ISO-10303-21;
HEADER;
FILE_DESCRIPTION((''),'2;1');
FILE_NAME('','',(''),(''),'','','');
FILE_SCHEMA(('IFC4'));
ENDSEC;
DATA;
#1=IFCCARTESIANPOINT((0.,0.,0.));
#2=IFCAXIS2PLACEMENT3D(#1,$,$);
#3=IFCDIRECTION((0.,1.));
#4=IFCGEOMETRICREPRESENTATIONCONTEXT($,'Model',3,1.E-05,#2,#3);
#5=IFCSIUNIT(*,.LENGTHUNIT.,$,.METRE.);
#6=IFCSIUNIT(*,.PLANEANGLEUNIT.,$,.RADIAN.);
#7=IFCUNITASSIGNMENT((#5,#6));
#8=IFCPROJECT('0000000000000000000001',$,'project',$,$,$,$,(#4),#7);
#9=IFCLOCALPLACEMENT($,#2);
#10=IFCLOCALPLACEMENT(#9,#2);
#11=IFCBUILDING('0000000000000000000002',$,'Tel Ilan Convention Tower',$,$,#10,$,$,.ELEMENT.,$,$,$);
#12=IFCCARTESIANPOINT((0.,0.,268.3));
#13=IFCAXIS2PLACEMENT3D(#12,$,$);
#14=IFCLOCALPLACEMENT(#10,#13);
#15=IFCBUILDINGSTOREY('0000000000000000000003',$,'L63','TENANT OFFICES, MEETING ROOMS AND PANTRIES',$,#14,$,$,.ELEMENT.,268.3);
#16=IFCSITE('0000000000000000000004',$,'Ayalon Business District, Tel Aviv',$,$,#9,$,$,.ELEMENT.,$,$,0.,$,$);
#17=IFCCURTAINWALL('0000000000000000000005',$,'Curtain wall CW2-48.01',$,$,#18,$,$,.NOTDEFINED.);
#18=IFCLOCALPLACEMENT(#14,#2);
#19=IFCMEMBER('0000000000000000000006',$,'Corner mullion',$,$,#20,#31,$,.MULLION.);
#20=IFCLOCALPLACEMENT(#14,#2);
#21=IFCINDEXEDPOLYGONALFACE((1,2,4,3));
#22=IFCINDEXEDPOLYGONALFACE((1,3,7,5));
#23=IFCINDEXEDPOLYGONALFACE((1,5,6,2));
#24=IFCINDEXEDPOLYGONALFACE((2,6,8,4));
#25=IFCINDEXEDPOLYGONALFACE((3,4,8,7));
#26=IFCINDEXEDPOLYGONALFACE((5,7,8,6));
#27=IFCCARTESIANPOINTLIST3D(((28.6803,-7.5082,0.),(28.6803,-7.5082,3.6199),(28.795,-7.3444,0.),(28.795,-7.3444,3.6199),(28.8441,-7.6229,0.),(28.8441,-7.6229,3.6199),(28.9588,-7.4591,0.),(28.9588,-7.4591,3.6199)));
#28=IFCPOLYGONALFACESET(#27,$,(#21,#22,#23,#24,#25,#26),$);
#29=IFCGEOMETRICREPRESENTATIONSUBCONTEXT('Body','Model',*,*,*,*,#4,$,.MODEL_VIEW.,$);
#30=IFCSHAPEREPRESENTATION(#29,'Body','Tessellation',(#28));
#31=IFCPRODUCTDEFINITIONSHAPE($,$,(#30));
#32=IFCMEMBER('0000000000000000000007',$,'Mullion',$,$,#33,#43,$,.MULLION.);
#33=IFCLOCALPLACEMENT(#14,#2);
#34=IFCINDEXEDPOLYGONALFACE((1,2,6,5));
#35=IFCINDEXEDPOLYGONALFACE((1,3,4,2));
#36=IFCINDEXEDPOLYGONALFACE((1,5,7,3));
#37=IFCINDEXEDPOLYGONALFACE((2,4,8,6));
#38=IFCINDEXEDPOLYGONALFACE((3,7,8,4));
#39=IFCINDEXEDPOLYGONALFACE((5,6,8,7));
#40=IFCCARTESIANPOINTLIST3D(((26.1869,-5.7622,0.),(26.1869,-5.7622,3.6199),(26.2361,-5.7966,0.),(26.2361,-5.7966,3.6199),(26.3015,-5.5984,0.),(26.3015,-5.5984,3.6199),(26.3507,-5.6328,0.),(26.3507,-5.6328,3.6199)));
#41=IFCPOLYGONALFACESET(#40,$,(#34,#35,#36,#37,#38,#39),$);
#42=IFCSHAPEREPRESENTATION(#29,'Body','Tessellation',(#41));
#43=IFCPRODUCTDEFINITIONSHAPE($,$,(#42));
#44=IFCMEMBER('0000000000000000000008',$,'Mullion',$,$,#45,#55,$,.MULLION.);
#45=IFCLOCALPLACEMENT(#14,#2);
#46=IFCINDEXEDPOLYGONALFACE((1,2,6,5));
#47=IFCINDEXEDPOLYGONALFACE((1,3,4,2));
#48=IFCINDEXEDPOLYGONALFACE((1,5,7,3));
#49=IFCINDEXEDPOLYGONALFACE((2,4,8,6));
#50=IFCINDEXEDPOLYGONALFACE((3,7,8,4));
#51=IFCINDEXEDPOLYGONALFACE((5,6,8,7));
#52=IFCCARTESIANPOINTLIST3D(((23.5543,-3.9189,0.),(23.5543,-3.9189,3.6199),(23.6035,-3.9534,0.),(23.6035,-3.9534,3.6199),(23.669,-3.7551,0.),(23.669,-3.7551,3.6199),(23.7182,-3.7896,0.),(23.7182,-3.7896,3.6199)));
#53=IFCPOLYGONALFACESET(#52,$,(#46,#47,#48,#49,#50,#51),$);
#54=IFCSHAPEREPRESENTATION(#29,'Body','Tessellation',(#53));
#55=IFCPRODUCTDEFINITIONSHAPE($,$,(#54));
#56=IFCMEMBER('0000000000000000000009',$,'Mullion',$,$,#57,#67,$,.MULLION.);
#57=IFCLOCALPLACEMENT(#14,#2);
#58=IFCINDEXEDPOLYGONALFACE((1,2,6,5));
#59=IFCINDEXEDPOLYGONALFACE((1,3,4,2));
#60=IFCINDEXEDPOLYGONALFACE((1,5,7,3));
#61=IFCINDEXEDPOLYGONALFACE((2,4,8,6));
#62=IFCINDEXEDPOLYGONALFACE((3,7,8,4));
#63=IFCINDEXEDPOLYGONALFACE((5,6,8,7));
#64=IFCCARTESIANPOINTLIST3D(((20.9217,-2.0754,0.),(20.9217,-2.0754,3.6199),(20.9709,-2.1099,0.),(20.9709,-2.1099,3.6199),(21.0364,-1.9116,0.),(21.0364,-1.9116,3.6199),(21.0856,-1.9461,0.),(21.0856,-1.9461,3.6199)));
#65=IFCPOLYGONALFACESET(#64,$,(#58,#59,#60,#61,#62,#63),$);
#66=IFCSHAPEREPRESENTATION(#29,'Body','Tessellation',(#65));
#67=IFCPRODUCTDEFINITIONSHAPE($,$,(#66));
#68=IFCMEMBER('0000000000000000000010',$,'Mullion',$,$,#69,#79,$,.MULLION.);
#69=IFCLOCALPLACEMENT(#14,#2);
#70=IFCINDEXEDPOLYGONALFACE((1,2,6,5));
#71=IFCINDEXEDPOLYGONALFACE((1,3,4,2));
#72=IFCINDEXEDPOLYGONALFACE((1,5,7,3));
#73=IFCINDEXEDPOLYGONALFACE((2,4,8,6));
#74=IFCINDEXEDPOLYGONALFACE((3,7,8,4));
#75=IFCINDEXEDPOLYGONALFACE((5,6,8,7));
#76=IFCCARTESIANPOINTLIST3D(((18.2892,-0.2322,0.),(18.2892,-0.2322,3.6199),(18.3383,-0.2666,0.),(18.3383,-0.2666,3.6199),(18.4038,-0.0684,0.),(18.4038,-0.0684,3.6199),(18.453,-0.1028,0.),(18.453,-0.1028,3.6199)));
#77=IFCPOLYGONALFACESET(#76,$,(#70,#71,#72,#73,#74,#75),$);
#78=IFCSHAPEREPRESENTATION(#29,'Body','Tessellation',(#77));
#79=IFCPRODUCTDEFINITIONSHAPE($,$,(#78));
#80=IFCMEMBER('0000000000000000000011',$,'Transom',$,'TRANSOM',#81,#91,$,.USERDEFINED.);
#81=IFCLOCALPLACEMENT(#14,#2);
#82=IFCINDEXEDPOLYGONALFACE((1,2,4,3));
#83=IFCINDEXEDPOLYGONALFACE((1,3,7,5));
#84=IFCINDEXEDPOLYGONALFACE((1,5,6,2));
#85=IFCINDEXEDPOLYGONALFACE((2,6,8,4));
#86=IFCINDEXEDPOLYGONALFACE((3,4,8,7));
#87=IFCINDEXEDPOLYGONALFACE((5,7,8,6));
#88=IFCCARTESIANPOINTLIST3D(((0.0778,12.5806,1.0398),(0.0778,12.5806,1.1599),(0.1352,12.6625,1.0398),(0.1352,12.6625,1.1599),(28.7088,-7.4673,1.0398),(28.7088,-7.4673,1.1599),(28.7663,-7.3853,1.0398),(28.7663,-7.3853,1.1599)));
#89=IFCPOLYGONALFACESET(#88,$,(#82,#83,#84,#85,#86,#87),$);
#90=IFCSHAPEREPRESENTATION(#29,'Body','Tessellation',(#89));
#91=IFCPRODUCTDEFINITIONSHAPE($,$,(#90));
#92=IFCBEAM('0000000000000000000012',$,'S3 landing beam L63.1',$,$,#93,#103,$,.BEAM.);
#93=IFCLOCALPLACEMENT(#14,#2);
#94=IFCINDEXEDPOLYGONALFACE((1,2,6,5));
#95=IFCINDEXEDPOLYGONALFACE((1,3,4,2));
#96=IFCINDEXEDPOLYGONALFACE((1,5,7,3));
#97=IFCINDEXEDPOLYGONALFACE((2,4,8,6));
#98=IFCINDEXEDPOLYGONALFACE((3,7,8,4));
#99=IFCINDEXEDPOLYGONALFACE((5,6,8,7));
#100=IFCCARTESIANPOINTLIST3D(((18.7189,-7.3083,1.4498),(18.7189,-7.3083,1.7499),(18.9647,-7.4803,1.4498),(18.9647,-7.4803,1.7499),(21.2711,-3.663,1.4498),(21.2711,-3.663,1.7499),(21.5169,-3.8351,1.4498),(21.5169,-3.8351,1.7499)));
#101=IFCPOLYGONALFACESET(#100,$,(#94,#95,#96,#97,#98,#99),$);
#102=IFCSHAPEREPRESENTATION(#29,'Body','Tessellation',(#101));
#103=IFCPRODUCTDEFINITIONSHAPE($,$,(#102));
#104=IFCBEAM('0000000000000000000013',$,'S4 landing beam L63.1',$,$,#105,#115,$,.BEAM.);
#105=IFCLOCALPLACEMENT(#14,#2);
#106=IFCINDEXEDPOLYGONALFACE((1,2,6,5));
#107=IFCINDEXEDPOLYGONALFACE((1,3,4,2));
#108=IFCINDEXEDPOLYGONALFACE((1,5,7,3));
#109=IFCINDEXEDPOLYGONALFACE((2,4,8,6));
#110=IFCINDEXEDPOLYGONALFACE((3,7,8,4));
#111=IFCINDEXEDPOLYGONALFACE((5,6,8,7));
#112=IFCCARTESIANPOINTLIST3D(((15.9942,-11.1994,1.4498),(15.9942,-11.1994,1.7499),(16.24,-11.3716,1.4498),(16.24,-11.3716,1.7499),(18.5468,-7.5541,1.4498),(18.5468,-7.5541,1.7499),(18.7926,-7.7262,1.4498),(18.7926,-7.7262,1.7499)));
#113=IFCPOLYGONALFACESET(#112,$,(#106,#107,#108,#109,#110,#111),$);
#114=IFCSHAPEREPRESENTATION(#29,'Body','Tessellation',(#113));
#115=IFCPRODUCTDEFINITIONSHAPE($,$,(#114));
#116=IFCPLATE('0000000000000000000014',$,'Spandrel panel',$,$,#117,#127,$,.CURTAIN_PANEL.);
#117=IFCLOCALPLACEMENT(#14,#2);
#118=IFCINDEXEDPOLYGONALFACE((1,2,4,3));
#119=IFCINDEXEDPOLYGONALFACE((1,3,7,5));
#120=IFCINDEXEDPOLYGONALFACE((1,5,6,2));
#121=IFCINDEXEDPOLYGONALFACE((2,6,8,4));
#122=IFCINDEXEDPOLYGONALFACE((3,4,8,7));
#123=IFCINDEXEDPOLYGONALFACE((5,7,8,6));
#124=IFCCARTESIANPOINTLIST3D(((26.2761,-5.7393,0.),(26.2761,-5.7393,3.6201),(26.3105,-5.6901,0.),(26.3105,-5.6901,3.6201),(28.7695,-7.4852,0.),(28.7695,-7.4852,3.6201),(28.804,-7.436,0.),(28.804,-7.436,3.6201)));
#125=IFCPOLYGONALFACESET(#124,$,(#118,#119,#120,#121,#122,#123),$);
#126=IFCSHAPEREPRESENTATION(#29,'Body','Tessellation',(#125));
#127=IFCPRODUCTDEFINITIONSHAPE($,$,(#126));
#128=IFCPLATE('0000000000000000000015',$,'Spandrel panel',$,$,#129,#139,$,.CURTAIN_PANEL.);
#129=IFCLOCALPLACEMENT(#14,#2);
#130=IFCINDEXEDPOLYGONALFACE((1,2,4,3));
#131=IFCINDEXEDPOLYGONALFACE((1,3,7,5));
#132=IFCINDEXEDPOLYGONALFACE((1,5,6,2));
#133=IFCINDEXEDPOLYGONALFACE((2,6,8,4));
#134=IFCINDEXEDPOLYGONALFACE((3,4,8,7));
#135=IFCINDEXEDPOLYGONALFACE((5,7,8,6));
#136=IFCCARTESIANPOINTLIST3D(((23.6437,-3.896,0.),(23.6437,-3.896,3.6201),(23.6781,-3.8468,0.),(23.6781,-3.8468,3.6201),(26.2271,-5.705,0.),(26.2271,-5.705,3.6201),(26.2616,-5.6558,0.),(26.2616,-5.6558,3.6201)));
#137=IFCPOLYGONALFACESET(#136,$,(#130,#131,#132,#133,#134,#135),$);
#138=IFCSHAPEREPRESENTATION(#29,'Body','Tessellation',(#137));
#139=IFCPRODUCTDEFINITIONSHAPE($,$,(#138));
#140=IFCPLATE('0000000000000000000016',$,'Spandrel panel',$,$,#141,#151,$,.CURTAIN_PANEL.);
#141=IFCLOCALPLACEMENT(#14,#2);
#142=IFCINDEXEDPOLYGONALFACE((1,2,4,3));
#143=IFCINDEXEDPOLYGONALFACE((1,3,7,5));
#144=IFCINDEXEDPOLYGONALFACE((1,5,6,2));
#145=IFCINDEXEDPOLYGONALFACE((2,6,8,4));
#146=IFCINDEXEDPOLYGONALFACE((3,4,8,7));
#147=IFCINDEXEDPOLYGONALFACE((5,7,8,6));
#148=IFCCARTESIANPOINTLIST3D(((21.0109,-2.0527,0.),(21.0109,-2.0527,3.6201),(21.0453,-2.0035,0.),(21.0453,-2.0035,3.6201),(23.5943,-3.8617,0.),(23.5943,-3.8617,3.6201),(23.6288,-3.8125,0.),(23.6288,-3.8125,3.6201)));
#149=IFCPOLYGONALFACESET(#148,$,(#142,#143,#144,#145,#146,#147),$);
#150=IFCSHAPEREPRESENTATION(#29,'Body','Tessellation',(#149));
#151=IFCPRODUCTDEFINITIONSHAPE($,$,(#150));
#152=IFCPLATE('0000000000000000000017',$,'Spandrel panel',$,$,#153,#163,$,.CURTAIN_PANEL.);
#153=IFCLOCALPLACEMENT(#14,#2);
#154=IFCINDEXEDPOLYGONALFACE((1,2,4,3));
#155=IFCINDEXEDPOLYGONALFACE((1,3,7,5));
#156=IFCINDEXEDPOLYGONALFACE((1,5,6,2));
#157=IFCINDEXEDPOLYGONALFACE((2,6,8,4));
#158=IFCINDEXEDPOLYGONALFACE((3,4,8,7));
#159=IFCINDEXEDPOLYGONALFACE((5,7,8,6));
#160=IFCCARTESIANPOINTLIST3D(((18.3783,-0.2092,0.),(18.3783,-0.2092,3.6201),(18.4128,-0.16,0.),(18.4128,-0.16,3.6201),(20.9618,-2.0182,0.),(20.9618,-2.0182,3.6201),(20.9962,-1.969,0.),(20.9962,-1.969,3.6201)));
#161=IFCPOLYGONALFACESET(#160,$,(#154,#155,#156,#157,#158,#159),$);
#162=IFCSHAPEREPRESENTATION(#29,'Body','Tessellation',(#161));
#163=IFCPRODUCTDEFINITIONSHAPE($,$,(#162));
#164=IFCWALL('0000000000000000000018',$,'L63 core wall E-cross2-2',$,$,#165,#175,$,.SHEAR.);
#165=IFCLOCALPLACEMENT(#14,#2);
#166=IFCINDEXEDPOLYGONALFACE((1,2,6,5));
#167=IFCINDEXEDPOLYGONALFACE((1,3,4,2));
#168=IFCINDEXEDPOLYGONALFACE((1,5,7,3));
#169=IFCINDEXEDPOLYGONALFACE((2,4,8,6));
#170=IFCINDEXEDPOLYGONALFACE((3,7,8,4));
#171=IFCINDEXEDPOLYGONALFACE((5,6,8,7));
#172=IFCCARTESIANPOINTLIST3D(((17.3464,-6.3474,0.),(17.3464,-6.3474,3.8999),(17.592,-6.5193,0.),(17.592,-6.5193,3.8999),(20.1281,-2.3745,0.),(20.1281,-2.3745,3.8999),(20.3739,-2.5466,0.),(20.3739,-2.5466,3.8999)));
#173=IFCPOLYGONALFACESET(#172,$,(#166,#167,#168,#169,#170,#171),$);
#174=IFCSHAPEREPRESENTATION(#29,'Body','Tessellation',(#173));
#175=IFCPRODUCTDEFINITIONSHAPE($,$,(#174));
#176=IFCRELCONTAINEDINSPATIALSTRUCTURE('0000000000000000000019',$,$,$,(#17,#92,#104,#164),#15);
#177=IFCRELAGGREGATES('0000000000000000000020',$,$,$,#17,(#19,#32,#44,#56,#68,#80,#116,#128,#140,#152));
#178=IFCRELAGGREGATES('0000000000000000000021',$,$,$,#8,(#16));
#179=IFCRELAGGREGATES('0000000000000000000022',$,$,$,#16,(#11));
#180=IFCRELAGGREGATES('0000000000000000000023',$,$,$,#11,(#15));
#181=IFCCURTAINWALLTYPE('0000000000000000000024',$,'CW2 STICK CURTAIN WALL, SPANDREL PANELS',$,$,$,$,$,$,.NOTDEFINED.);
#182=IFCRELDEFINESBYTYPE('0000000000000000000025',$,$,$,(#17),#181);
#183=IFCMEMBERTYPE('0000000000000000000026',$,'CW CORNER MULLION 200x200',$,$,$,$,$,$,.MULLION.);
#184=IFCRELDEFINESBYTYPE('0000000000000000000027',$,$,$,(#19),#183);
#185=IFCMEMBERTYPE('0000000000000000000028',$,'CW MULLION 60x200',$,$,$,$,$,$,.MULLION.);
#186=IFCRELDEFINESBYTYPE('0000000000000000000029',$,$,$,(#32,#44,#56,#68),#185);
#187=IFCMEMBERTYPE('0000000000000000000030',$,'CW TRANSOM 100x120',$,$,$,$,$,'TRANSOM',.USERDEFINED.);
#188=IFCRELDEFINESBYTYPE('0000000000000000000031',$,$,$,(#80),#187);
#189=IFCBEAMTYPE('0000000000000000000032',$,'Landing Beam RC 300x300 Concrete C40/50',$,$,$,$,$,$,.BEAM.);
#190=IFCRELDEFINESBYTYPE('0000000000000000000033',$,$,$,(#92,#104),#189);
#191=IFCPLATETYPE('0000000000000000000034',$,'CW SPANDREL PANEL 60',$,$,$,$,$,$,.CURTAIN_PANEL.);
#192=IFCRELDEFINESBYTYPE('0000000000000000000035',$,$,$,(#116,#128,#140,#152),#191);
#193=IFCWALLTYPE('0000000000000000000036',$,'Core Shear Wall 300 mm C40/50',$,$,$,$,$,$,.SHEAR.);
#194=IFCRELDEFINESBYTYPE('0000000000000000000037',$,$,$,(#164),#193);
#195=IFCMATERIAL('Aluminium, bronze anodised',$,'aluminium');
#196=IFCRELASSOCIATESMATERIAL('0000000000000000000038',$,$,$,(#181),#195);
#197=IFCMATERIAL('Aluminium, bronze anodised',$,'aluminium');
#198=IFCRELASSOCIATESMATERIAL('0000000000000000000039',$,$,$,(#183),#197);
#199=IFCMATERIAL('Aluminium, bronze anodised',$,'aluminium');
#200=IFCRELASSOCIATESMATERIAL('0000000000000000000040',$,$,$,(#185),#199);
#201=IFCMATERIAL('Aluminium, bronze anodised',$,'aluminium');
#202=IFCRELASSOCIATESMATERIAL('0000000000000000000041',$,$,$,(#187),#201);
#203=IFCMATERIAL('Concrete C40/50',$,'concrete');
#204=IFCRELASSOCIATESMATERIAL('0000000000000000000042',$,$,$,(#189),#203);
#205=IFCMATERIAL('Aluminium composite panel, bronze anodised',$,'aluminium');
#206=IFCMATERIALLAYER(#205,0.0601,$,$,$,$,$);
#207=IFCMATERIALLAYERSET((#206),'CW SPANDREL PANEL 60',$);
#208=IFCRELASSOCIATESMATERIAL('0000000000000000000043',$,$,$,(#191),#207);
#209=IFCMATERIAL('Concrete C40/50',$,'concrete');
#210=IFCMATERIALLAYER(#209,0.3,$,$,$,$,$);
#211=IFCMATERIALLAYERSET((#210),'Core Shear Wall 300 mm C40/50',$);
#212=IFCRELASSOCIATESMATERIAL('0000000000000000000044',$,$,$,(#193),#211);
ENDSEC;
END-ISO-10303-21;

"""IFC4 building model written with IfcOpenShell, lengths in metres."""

from ifc_helpers import new_model, si_unit, direction, frame, origin, origin_2d, place, context, subcontext, project, spatial, polyline, rectangle, outline, extrude, material, layer, layer_set, material_profile, profile_set, type_object, element, aggregate, save


model = new_model("IFC4")

# Units and contexts
model_context = context("Model", 3, precision=1e-05, world=origin(), true_north=direction((0.0, 1.0)))
body_context = subcontext(model_context, "Body", "Model", "MODEL_VIEW")
ifc_project = project(units=[si_unit("LENGTHUNIT", "METRE"), si_unit("PLANEANGLEUNIT", "RADIAN")], contexts=[model_context])

# Site, building, storey
site_placement = place(None, origin())
site = spatial("IfcSite", under=ifc_project, at=site_placement, Name="Ayalon Business District, Tel Aviv", CompositionType="ELEMENT", RefElevation=0.0)
building_placement = place(site_placement, origin())
building = spatial("IfcBuilding", under=site, at=building_placement, Name="Tel Ilan Convention Tower", CompositionType="ELEMENT")
storey_placement = place(building_placement, frame((0.0, 0.0, 268.3)))
storey = spatial("IfcBuildingStorey", under=building, at=storey_placement, Name="L63", Description="TENANT OFFICES, MEETING ROOMS AND PANTRIES", CompositionType="ELEMENT", Elevation=268.3)

# Curtain wall, members
ifc_material_1 = material(Name="Aluminium, bronze anodised", Category="aluminium")
curtain_wall_type = type_object("IfcCurtainWallType", Name="CW2 STICK CURTAIN WALL, SPANDREL PANELS", PredefinedType="NOTDEFINED", material=ifc_material_1)
curtain_wall_placement = place(storey_placement, origin())
curtain_wall = element("IfcCurtainWall", 1, at=curtain_wall_placement, inside=storey, type_object=curtain_wall_type, Name="Curtain wall CW2-48.01", PredefinedType="NOTDEFINED")
ifc_material_2 = material(Name="Aluminium, bronze anodised", Category="aluminium")
ifc_material_profile_1 = material_profile(ifc_material_2, rectangle(XDim=0.2, YDim=0.2, at=origin_2d()), Name="CW CORNER MULLION 200x200")
ifc_profile_set_1 = profile_set([ifc_material_profile_1], Name="Aluminium, bronze anodised")
member_type_1 = type_object("IfcMemberType", Name="CW CORNER MULLION 200x200", PredefinedType="MULLION", material=ifc_profile_set_1)
member_1_placement = place(storey_placement, frame((28.8196, -7.4836, 0.0), z_axis=(0.0, 0.0, 1.0), x_axis=(0.573576, 0.819152, 0.0)))
member_1 = element("IfcMember", 2, at=member_1_placement, type_object=member_type_1, Name="Corner mullion", PredefinedType="MULLION", context=body_context, shape_type="SweptSolid", body=[
    extrude(rectangle(XDim=0.2, YDim=0.2, at=origin_2d()), origin(), (0.0, 0.0, 1.0), 3.6199),
])
ifc_material_3 = material(Name="Aluminium, bronze anodised", Category="aluminium")
ifc_material_profile_2 = material_profile(ifc_material_3, rectangle(XDim=0.0601, YDim=0.2, at=origin_2d()), Name="CW MULLION 60x200")
ifc_profile_set_2 = profile_set([ifc_material_profile_2], Name="Aluminium, bronze anodised")
member_type_2 = type_object("IfcMemberType", Name="CW MULLION 60x200", PredefinedType="MULLION", material=ifc_profile_set_2)
member_2_placement = place(storey_placement, frame((26.2688, -5.6975, 0.0), z_axis=(0.0, 0.0, 1.0), x_axis=(-0.819152, 0.573576, 0.0)))
member_2 = element("IfcMember", 3, at=member_2_placement, type_object=member_type_2, Name="Mullion", PredefinedType="MULLION", context=body_context, shape_type="SweptSolid", body=[
    extrude(rectangle(XDim=0.0601, YDim=0.2, at=origin_2d()), origin(), (0.0, 0.0, 1.0), 3.6199),
])
member_3_placement = place(storey_placement, frame((23.6362, -3.8542, 0.0), z_axis=(0.0, 0.0, 1.0), x_axis=(-0.819152, 0.573576, 0.0)))
member_3 = element("IfcMember", 4, at=member_3_placement, type_object=member_type_2, Name="Mullion", PredefinedType="MULLION", context=body_context, shape_type="SweptSolid", body=[
    extrude(rectangle(XDim=0.0601, YDim=0.2, at=origin_2d()), origin(), (0.0, 0.0, 1.0), 3.6199),
])
member_4_placement = place(storey_placement, frame((21.0037, -2.0107, 0.0), z_axis=(0.0, 0.0, 1.0), x_axis=(-0.819152, 0.573576, 0.0)))
member_4 = element("IfcMember", 5, at=member_4_placement, type_object=member_type_2, Name="Mullion", PredefinedType="MULLION", context=body_context, shape_type="SweptSolid", body=[
    extrude(rectangle(XDim=0.0601, YDim=0.2, at=origin_2d()), origin(), (0.0, 0.0, 1.0), 3.6199),
])
member_5_placement = place(storey_placement, frame((18.3711, -0.1675, 0.0), z_axis=(0.0, 0.0, 1.0), x_axis=(-0.819152, 0.573576, 0.0)))
member_5 = element("IfcMember", 6, at=member_5_placement, type_object=member_type_2, Name="Mullion", PredefinedType="MULLION", context=body_context, shape_type="SweptSolid", body=[
    extrude(rectangle(XDim=0.0601, YDim=0.2, at=origin_2d()), origin(), (0.0, 0.0, 1.0), 3.6199),
])
ifc_material_4 = material(Name="Aluminium, bronze anodised", Category="aluminium")
ifc_material_profile_3 = material_profile(ifc_material_4, rectangle(XDim=0.1001, YDim=0.1201, at=origin_2d()), Name="CW TRANSOM 100x120")
ifc_profile_set_3 = profile_set([ifc_material_profile_3], Name="Aluminium, bronze anodised")
member_type_3 = type_object("IfcMemberType", Name="CW TRANSOM 100x120", ElementType="TRANSOM", PredefinedType="USERDEFINED", material=ifc_profile_set_3)
member_6_placement = place(storey_placement, frame((28.7375, -7.4263, 1.0999), z_axis=(-0.81915, 0.573579, 0.0), x_axis=(-0.573579, -0.81915, 0.0)))
member_6 = element("IfcMember", 7, at=member_6_placement, type_object=member_type_3, Name="Transom", ObjectType="TRANSOM", PredefinedType="USERDEFINED", context=body_context, shape_type="SweptSolid", body=[
    extrude(rectangle(XDim=0.1001, YDim=0.1201, at=origin_2d()), origin(), (0.0, 0.0, 1.0), 34.9521),
])

# Beams
ifc_material_5 = material(Name="Concrete C40/50", Category="concrete")
ifc_material_profile_4 = material_profile(ifc_material_5, rectangle(XDim=0.3, YDim=0.3, at=origin_2d()), Name="RC 300x300")
ifc_profile_set_4 = profile_set([ifc_material_profile_4], Name="Concrete C40/50")
beam_type = type_object("IfcBeamType", Name="Landing Beam RC 300x300 Concrete C40/50", PredefinedType="BEAM", material=ifc_profile_set_4)
beam_1_placement = place(storey_placement, frame((21.394, -3.749, 1.5999), z_axis=(-0.573547, -0.819173, 0.0), x_axis=(0.819173, -0.573547, 0.0)))
element("IfcBeam", 8, at=beam_1_placement, inside=storey, type_object=beam_type, Name="S3 landing beam L63.1", PredefinedType="BEAM", context=body_context, shape_type="SweptSolid", body=[
    extrude(rectangle(XDim=0.3, YDim=0.3, at=origin_2d()), origin(), (0.0, 0.0, 1.0), 4.45),
])
beam_2_placement = place(storey_placement, frame((18.6697, -7.6401, 1.5999), z_axis=(-0.573584, -0.819147, 0.0), x_axis=(0.819147, -0.573584, 0.0)))
element("IfcBeam", 9, at=beam_2_placement, inside=storey, type_object=beam_type, Name="S4 landing beam L63.1", PredefinedType="BEAM", context=body_context, shape_type="SweptSolid", body=[
    extrude(rectangle(XDim=0.3, YDim=0.3, at=origin_2d()), origin(), (0.0, 0.0, 1.0), 4.4502),
])

# Plates
ifc_material_6 = material(Name="Aluminium composite panel, bronze anodised", Category="aluminium")
ifc_layer_1 = layer(ifc_material_6, 0.0601)
ifc_layer_set_1 = layer_set([ifc_layer_1], Name="CW SPANDREL PANEL 60")
plate_type = type_object("IfcPlateType", Name="CW SPANDREL PANEL 60", PredefinedType="CURTAIN_PANEL", material=ifc_layer_set_1)
plate_1_placement = place(storey_placement, frame((27.54, -6.5876, 0.0), z_axis=(0.0, 0.0, 1.0), x_axis=(-0.819152, 0.573576, 0.0)))
plate_1 = element("IfcPlate", 10, at=plate_1_placement, type_object=plate_type, Name="Spandrel panel", PredefinedType="CURTAIN_PANEL", context=body_context, shape_type="SweptSolid", body=[
    extrude(rectangle(XDim=3.0439, YDim=0.0601, at=origin_2d()), origin(), (0.0, 0.0, 1.0), 3.6201),
])
plate_2_placement = place(storey_placement, frame((24.9526, -4.7759, 0.0), z_axis=(0.0, 0.0, 1.0), x_axis=(-0.819152, 0.573576, 0.0)))
plate_2 = element("IfcPlate", 11, at=plate_2_placement, type_object=plate_type, Name="Spandrel panel", PredefinedType="CURTAIN_PANEL", context=body_context, shape_type="SweptSolid", body=[
    extrude(rectangle(XDim=3.1538, YDim=0.0601, at=origin_2d()), origin(), (0.0, 0.0, 1.0), 3.6201),
])
plate_3_placement = place(storey_placement, frame((22.3198, -2.9326, 0.0), z_axis=(0.0, 0.0, 1.0), x_axis=(-0.819152, 0.573576, 0.0)))
plate_3 = element("IfcPlate", 12, at=plate_3_placement, type_object=plate_type, Name="Spandrel panel", PredefinedType="CURTAIN_PANEL", context=body_context, shape_type="SweptSolid", body=[
    extrude(rectangle(XDim=3.1538, YDim=0.0601, at=origin_2d()), origin(), (0.0, 0.0, 1.0), 3.6201),
])
plate_4_placement = place(storey_placement, frame((19.6873, -1.0891, 0.0), z_axis=(0.0, 0.0, 1.0), x_axis=(-0.819152, 0.573576, 0.0)))
plate_4 = element("IfcPlate", 13, at=plate_4_placement, type_object=plate_type, Name="Spandrel panel", PredefinedType="CURTAIN_PANEL", context=body_context, shape_type="SweptSolid", body=[
    extrude(rectangle(XDim=3.1538, YDim=0.0601, at=origin_2d()), origin(), (0.0, 0.0, 1.0), 3.6201),
])
aggregate(curtain_wall, [member_1, member_2, member_3, member_4, member_5, member_6, plate_1, plate_2, plate_3, plate_4])

# Wall
ifc_material_7 = material(Name="Concrete C40/50", Category="concrete")
ifc_layer_2 = layer(ifc_material_7, 0.3)
ifc_layer_set_2 = layer_set([ifc_layer_2], Name="Core Shear Wall 300 mm C40/50")
wall_type_1 = type_object("IfcWallType", Name="Core Shear Wall 300 mm C40/50", PredefinedType="SHEAR", material=ifc_layer_set_2)
wall_1_placement = place(storey_placement, frame((17.4692, -6.4333, 0.0), z_axis=(0.0, 0.0, 1.0), x_axis=(0.573594, 0.81914, 0.0)))
element("IfcWall", 14, at=wall_1_placement, inside=storey, type_object=wall_type_1, Name="L63 core wall E-cross2-2", PredefinedType="SHEAR", context=body_context, shape_type="SweptSolid", body=[
    extrude(outline(polyline([(4.8499, -0.1499), (4.8499, 0.1501), (0.0, 0.1499), (0.0, -0.1499), (4.8499, -0.1499)])), origin(), (0.0, 0.0, 1.0), 3.8999),
])

save(model, "model.ifc")
